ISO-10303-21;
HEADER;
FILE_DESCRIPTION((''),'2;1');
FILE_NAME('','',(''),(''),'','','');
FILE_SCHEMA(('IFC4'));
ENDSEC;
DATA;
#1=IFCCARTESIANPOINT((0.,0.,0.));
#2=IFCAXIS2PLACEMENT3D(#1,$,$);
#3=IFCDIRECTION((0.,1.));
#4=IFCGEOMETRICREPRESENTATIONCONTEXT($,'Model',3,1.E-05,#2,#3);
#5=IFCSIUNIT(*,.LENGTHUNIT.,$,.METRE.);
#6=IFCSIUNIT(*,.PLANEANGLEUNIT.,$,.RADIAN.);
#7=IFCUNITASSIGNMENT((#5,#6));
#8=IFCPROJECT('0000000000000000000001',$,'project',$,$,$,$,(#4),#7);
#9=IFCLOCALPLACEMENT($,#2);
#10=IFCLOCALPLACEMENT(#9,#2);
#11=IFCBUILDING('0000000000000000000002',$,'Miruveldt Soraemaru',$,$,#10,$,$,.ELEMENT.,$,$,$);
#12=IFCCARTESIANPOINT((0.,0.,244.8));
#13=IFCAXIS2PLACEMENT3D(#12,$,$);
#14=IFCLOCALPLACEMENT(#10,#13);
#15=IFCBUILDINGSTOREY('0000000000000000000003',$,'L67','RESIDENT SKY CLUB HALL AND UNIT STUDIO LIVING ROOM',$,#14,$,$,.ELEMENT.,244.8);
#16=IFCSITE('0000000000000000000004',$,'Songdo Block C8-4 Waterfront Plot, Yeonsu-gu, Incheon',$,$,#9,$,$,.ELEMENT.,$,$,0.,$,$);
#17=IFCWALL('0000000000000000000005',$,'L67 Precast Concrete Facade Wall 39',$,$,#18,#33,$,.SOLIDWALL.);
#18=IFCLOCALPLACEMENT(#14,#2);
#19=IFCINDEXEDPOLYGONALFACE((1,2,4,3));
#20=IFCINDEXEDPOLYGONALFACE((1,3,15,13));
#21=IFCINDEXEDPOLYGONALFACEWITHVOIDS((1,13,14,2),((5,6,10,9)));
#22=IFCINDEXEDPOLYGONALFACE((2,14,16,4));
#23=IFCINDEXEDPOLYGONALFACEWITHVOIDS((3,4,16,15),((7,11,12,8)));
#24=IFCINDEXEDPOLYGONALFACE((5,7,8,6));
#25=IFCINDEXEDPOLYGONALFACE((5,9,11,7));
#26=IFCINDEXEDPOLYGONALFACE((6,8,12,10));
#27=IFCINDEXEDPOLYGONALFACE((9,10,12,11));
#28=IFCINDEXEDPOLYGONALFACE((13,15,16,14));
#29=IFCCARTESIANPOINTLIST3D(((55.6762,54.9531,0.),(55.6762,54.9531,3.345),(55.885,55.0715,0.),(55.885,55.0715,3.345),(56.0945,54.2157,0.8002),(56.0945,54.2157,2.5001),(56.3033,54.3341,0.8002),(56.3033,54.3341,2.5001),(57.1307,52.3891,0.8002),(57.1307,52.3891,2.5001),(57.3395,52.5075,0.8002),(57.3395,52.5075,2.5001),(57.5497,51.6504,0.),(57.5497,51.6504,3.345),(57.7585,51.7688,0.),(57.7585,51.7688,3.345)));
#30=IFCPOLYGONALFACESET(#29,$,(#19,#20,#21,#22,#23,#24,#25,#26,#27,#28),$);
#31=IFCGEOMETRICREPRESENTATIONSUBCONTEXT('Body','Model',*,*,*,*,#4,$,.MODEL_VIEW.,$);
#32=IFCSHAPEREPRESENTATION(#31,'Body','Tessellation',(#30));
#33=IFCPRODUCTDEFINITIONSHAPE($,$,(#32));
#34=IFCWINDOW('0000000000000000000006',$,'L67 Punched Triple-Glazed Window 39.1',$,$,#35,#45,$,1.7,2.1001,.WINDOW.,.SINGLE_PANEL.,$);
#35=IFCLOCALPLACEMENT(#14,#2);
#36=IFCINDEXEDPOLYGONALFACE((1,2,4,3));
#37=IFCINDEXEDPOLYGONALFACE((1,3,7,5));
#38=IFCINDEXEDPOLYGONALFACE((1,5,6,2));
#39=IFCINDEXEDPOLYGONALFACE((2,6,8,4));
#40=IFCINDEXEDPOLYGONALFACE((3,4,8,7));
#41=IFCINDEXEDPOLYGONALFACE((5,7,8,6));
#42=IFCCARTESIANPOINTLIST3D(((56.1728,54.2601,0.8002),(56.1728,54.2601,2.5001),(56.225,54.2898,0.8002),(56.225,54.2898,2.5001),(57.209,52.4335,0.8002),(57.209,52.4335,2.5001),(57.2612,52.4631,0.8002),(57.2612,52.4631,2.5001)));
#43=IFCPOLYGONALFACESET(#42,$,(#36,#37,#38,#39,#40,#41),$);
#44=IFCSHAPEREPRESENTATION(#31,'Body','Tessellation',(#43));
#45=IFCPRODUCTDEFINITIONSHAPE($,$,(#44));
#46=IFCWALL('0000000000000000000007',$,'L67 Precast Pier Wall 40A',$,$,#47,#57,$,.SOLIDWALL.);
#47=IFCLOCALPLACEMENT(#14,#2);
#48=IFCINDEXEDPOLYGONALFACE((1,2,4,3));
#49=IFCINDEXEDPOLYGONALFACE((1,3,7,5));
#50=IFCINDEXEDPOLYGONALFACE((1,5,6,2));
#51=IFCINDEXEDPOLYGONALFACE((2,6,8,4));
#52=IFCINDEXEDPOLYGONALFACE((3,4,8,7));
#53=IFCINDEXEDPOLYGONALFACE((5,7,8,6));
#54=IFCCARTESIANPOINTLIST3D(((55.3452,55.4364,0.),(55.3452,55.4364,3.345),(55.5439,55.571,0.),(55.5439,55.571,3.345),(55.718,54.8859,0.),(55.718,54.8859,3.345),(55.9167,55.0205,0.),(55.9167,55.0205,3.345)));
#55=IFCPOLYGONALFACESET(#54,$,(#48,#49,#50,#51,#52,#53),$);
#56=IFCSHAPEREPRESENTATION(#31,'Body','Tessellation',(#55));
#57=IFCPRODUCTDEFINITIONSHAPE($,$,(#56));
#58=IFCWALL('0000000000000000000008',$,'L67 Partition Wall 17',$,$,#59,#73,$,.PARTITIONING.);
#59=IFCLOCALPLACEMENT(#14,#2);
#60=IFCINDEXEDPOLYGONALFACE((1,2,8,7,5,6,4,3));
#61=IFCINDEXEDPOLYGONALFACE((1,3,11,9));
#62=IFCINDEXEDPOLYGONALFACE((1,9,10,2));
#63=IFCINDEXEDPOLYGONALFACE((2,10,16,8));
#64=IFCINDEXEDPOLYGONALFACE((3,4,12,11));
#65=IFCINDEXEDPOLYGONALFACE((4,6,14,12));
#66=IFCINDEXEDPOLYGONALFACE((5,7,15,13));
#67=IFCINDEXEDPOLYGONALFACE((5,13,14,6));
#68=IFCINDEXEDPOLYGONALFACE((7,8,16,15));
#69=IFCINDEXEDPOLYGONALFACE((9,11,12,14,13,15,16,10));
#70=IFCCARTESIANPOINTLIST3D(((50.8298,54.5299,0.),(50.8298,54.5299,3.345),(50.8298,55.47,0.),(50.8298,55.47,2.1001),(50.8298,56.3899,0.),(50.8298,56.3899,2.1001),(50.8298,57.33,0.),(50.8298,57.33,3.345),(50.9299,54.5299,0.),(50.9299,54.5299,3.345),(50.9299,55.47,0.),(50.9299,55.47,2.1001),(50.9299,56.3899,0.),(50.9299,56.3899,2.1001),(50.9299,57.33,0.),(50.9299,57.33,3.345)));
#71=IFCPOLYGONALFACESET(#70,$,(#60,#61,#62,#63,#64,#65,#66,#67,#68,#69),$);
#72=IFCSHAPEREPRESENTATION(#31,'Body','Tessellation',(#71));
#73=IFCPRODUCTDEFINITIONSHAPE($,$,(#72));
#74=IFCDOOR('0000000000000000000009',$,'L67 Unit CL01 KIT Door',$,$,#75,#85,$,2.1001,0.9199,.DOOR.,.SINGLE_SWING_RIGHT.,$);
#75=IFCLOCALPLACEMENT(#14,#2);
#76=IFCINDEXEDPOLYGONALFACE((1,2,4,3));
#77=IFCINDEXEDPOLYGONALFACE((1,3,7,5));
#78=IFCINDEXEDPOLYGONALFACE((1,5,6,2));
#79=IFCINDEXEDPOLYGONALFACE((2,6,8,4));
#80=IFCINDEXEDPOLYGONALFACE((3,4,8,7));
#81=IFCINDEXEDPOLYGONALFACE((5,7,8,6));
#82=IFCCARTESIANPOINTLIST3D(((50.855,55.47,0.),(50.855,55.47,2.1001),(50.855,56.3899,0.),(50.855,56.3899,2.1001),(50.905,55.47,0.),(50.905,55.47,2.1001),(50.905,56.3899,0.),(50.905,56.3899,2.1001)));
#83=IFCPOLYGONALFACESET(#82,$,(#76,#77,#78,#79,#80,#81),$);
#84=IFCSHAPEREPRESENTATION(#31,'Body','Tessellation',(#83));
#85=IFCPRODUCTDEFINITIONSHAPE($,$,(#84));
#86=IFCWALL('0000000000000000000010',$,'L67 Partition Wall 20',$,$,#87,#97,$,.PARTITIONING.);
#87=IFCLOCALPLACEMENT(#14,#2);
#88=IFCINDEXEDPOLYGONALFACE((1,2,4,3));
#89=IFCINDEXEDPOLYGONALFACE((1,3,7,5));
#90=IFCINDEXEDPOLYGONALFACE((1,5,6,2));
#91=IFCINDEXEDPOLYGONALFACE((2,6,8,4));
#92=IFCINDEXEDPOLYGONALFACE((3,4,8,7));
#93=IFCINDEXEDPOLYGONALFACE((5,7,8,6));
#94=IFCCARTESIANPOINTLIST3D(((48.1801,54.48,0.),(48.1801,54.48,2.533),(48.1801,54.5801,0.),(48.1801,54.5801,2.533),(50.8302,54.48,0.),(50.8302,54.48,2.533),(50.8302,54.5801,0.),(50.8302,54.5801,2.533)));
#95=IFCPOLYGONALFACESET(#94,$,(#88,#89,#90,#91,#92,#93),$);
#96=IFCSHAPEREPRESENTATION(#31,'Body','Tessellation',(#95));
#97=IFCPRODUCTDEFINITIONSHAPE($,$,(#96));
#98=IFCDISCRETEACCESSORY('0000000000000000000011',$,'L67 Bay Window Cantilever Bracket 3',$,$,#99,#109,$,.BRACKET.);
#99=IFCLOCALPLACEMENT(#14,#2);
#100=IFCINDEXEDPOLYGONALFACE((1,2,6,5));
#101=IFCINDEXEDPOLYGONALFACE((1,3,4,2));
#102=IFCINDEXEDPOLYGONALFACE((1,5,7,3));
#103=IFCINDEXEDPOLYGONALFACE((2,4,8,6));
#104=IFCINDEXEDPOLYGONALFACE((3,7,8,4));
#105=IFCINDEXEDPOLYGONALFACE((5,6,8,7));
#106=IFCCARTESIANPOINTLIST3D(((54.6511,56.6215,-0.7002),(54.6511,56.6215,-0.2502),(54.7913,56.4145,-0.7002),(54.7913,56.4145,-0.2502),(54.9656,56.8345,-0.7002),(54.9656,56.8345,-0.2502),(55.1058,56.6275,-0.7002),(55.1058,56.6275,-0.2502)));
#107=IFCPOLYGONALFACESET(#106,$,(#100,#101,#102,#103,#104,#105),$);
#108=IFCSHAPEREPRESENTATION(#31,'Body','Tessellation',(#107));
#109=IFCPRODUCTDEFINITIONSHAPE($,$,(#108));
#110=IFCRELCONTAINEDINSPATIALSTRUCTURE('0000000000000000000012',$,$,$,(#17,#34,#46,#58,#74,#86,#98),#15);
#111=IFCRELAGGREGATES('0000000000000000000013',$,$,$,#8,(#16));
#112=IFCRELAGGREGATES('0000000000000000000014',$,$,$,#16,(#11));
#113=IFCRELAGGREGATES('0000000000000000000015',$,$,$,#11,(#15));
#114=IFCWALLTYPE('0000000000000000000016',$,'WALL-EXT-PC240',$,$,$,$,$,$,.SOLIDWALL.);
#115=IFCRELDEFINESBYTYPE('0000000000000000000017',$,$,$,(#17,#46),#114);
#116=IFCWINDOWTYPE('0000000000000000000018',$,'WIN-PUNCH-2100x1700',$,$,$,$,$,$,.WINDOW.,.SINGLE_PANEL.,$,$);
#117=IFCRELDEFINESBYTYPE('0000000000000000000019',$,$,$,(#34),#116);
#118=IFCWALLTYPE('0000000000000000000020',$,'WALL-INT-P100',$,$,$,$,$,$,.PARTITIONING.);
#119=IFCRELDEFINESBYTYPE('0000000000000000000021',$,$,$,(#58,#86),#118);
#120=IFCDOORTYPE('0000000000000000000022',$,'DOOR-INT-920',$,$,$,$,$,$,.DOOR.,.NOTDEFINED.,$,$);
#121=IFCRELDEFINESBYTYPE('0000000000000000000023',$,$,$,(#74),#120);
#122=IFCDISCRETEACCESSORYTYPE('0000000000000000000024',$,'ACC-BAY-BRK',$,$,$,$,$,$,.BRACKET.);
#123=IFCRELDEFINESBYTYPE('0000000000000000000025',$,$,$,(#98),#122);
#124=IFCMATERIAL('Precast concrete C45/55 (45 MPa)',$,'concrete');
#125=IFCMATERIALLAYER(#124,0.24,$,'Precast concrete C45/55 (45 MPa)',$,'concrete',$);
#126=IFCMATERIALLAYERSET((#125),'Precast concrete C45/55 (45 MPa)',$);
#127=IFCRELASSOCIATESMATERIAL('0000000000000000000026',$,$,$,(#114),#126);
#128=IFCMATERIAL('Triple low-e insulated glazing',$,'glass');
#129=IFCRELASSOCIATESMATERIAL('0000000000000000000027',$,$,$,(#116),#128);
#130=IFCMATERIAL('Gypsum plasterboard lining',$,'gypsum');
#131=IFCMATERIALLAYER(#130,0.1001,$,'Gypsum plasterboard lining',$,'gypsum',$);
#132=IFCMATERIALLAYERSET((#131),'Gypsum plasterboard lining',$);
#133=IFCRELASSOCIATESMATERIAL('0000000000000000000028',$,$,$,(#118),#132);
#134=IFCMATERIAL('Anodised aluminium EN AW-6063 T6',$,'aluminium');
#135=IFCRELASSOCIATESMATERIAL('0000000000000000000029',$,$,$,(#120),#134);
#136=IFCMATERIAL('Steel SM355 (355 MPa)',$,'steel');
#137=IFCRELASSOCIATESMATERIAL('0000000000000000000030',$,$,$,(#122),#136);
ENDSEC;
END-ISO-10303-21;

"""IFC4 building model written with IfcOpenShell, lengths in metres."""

from ifc_helpers import new_model, si_unit, direction, frame, frame_2d, origin, origin_2d, place, context, subcontext, project, spatial, rectangle, extrude, material, layer, layer_set, type_object, element, fill, save


model = new_model("IFC4")

# Units and contexts
model_context = context("Model", 3, precision=1e-05, world=origin(), true_north=direction((0.0, 1.0)))
body_context = subcontext(model_context, "Body", "Model", "MODEL_VIEW")
ifc_project = project(units=[si_unit("LENGTHUNIT", "METRE"), si_unit("PLANEANGLEUNIT", "RADIAN")], contexts=[model_context])

# Site, building, storey
site_placement = place(None, origin())
site = spatial("IfcSite", under=ifc_project, at=site_placement, Name="Songdo Block C8-4 Waterfront Plot, Yeonsu-gu, Incheon", CompositionType="ELEMENT", RefElevation=0.0)
building_placement = place(site_placement, origin())
building = spatial("IfcBuilding", under=site, at=building_placement, Name="Miruveldt Soraemaru", CompositionType="ELEMENT")
storey_placement = place(building_placement, frame((0.0, 0.0, 244.8)))
storey = spatial("IfcBuildingStorey", under=building, at=storey_placement, Name="L67", Description="RESIDENT SKY CLUB HALL AND UNIT STUDIO LIVING ROOM", CompositionType="ELEMENT", Elevation=244.8)

# Shared definitions
ifc_material_1 = material(Name="Triple low-e insulated glazing", Category="glass")

# Wall, opening, window
ifc_material_2 = material(Name="Precast concrete C45/55 (45 MPa)", Category="concrete")
ifc_layer_1 = layer(ifc_material_2, 0.24, Name="Precast concrete C45/55 (45 MPa)", Category="concrete")
ifc_layer_set_1 = layer_set([ifc_layer_1], Name="Precast concrete C45/55 (45 MPa)")
wall_type_1 = type_object("IfcWallType", Name="WALL-EXT-PC240", PredefinedType="SOLIDWALL", material=ifc_layer_set_1)
wall_1_placement = place(storey_placement, frame((57.6541, 51.7097, 0.0), z_axis=(0.0, 0.0, 1.0), x_axis=(-0.493408, 0.869798, 0.0)))
wall_1 = element("IfcWall", 1, at=wall_1_placement, inside=storey, type_object=wall_type_1, Name="L67 Precast Concrete Facade Wall 39", PredefinedType="SOLIDWALL", context=body_context, shape_type="SweptSolid", body=[
    extrude(rectangle(XDim=3.7971, YDim=0.24, at=frame_2d((1.8984, 0.0))), origin(), (0.0, 0.0, 1.0), 3.345),
])
opening_1_placement = place(wall_1_placement, frame((0.8491, 0.0, 0.8)))
opening_1 = element("IfcOpeningElement", 2, at=opening_1_placement, cuts=wall_1, PredefinedType="OPENING", context=body_context, shape_type="SweptSolid", body=[
    extrude(rectangle(XDim=2.1001, YDim=1.7, at=frame_2d((1.05, 0.8501))), frame((0.0, 0.1299, 0.0), z_axis=(0.0, -1.0, 0.0), x_axis=(1.0, 0.0, 0.0)), (0.0, 0.0, 1.0), 0.26),
])
window_type_1 = type_object("IfcWindowType", Name="WIN-PUNCH-2100x1700", PartitioningType="SINGLE_PANEL", PredefinedType="WINDOW", material=ifc_material_1)
window_1_placement = place(opening_1_placement, origin())
window_1 = element("IfcWindow", 3, at=window_1_placement, inside=storey, type_object=window_type_1, Name="L67 Punched Triple-Glazed Window 39.1", OverallHeight=1.7, OverallWidth=2.1001, PartitioningType="SINGLE_PANEL", PredefinedType="WINDOW", context=body_context, shape_type="SweptSolid", body=[
    extrude(rectangle(XDim=2.1001, YDim=1.7, at=frame_2d((1.05, 0.8501))), frame((0.0, 0.03, 0.0), z_axis=(0.0, -1.0, 0.0), x_axis=(1.0, 0.0, 0.0)), (0.0, 0.0, 1.0), 0.0601),
])
fill(opening_1, window_1)

# Wall
wall_2_placement = place(storey_placement, frame((55.8174, 54.9531, 0.0), z_axis=(0.0, 0.0, 1.0), x_axis=(-0.560702, 0.828018, 0.0)))
element("IfcWall", 4, at=wall_2_placement, inside=storey, type_object=wall_type_1, Name="L67 Precast Pier Wall 40A", PredefinedType="SOLIDWALL", context=body_context, shape_type="SweptSolid", body=[
    extrude(rectangle(XDim=0.6648, YDim=0.24, at=frame_2d((0.3325, 0.0))), origin(), (0.0, 0.0, 1.0), 3.345),
])

# Wall, opening, door
ifc_material_3 = material(Name="Gypsum plasterboard lining", Category="gypsum")
ifc_layer_2 = layer(ifc_material_3, 0.1001, Name="Gypsum plasterboard lining", Category="gypsum")
ifc_layer_set_2 = layer_set([ifc_layer_2], Name="Gypsum plasterboard lining")
wall_type_2 = type_object("IfcWallType", Name="WALL-INT-P100", PredefinedType="PARTITIONING", material=ifc_layer_set_2)
wall_3_placement = place(storey_placement, frame((50.8799, 54.53, 0.0), z_axis=(0.0, 0.0, 1.0), x_axis=(0.0, 1.0, 0.0)))
wall_3 = element("IfcWall", 5, at=wall_3_placement, inside=storey, type_object=wall_type_2, Name="L67 Partition Wall 17", PredefinedType="PARTITIONING", context=body_context, shape_type="SweptSolid", body=[
    extrude(rectangle(XDim=2.8, YDim=0.1001, at=frame_2d((1.3999, 0.0))), origin(), (0.0, 0.0, 1.0), 3.345),
])
opening_2_placement = place(wall_3_placement, frame((0.9399, 0.0, 0.0)))
opening_2 = element("IfcOpeningElement", 6, at=opening_2_placement, cuts=wall_3, PredefinedType="OPENING", context=body_context, shape_type="SweptSolid", body=[
    extrude(rectangle(XDim=0.9199, YDim=2.1001, at=frame_2d((0.46, 1.05))), frame((0.0, 0.0601, 0.0), z_axis=(0.0, -1.0, 0.0), x_axis=(1.0, 0.0, 0.0)), (0.0, 0.0, 1.0), 0.1201),
])
ifc_material_4 = material(Name="Anodised aluminium EN AW-6063 T6", Category="aluminium")
door_type = type_object("IfcDoorType", Name="DOOR-INT-920", OperationType="NOTDEFINED", PredefinedType="DOOR", material=ifc_material_4)
door_placement = place(opening_2_placement, origin())
door = element("IfcDoor", 7, at=door_placement, inside=storey, type_object=door_type, Name="L67 Unit CL01 KIT Door", OperationType="SINGLE_SWING_RIGHT", OverallHeight=2.1001, OverallWidth=0.9199, PredefinedType="DOOR", context=body_context, shape_type="SweptSolid", body=[
    extrude(rectangle(XDim=0.9199, YDim=2.1001, at=frame_2d((0.46, 1.05))), frame((0.0, 0.0249, 0.0), z_axis=(0.0, -1.0, 0.0), x_axis=(1.0, 0.0, 0.0)), (0.0, 0.0, 1.0), 0.05),
])
fill(opening_2, door)

# Wall
wall_4_placement = place(storey_placement, frame((48.1799, 54.53, 0.0), z_axis=(0.0, 0.0, 1.0), x_axis=(1.0, 0.0, 0.0)))
element("IfcWall", 8, at=wall_4_placement, inside=storey, type_object=wall_type_2, Name="L67 Partition Wall 20", PredefinedType="PARTITIONING", context=body_context, shape_type="SweptSolid", body=[
    extrude(rectangle(XDim=2.6501, YDim=0.1001, at=frame_2d((1.3252, 0.0))), origin(), (0.0, 0.0, 1.0), 2.533),
])

# Discrete accessory
ifc_material_5 = material(Name="Steel SM355 (355 MPa)", Category="steel")
discrete_accessory_type = type_object("IfcDiscreteAccessoryType", Name="ACC-BAY-BRK", PredefinedType="BRACKET", material=ifc_material_5)
discrete_accessory_placement = place(storey_placement, frame((54.8784, 56.6245, -0.7002), z_axis=(0.0, 0.0, 1.0), x_axis=(0.827923, 0.560841, 0.0)))
element("IfcDiscreteAccessory", 9, at=discrete_accessory_placement, inside=storey, type_object=discrete_accessory_type, Name="L67 Bay Window Cantilever Bracket 3", PredefinedType="BRACKET", context=body_context, shape_type="SweptSolid", body=[
    extrude(rectangle(XDim=0.3799, YDim=0.25, at=origin_2d()), origin(), (0.0, 0.0, 1.0), 0.45),
])

save(model, "model.ifc")
